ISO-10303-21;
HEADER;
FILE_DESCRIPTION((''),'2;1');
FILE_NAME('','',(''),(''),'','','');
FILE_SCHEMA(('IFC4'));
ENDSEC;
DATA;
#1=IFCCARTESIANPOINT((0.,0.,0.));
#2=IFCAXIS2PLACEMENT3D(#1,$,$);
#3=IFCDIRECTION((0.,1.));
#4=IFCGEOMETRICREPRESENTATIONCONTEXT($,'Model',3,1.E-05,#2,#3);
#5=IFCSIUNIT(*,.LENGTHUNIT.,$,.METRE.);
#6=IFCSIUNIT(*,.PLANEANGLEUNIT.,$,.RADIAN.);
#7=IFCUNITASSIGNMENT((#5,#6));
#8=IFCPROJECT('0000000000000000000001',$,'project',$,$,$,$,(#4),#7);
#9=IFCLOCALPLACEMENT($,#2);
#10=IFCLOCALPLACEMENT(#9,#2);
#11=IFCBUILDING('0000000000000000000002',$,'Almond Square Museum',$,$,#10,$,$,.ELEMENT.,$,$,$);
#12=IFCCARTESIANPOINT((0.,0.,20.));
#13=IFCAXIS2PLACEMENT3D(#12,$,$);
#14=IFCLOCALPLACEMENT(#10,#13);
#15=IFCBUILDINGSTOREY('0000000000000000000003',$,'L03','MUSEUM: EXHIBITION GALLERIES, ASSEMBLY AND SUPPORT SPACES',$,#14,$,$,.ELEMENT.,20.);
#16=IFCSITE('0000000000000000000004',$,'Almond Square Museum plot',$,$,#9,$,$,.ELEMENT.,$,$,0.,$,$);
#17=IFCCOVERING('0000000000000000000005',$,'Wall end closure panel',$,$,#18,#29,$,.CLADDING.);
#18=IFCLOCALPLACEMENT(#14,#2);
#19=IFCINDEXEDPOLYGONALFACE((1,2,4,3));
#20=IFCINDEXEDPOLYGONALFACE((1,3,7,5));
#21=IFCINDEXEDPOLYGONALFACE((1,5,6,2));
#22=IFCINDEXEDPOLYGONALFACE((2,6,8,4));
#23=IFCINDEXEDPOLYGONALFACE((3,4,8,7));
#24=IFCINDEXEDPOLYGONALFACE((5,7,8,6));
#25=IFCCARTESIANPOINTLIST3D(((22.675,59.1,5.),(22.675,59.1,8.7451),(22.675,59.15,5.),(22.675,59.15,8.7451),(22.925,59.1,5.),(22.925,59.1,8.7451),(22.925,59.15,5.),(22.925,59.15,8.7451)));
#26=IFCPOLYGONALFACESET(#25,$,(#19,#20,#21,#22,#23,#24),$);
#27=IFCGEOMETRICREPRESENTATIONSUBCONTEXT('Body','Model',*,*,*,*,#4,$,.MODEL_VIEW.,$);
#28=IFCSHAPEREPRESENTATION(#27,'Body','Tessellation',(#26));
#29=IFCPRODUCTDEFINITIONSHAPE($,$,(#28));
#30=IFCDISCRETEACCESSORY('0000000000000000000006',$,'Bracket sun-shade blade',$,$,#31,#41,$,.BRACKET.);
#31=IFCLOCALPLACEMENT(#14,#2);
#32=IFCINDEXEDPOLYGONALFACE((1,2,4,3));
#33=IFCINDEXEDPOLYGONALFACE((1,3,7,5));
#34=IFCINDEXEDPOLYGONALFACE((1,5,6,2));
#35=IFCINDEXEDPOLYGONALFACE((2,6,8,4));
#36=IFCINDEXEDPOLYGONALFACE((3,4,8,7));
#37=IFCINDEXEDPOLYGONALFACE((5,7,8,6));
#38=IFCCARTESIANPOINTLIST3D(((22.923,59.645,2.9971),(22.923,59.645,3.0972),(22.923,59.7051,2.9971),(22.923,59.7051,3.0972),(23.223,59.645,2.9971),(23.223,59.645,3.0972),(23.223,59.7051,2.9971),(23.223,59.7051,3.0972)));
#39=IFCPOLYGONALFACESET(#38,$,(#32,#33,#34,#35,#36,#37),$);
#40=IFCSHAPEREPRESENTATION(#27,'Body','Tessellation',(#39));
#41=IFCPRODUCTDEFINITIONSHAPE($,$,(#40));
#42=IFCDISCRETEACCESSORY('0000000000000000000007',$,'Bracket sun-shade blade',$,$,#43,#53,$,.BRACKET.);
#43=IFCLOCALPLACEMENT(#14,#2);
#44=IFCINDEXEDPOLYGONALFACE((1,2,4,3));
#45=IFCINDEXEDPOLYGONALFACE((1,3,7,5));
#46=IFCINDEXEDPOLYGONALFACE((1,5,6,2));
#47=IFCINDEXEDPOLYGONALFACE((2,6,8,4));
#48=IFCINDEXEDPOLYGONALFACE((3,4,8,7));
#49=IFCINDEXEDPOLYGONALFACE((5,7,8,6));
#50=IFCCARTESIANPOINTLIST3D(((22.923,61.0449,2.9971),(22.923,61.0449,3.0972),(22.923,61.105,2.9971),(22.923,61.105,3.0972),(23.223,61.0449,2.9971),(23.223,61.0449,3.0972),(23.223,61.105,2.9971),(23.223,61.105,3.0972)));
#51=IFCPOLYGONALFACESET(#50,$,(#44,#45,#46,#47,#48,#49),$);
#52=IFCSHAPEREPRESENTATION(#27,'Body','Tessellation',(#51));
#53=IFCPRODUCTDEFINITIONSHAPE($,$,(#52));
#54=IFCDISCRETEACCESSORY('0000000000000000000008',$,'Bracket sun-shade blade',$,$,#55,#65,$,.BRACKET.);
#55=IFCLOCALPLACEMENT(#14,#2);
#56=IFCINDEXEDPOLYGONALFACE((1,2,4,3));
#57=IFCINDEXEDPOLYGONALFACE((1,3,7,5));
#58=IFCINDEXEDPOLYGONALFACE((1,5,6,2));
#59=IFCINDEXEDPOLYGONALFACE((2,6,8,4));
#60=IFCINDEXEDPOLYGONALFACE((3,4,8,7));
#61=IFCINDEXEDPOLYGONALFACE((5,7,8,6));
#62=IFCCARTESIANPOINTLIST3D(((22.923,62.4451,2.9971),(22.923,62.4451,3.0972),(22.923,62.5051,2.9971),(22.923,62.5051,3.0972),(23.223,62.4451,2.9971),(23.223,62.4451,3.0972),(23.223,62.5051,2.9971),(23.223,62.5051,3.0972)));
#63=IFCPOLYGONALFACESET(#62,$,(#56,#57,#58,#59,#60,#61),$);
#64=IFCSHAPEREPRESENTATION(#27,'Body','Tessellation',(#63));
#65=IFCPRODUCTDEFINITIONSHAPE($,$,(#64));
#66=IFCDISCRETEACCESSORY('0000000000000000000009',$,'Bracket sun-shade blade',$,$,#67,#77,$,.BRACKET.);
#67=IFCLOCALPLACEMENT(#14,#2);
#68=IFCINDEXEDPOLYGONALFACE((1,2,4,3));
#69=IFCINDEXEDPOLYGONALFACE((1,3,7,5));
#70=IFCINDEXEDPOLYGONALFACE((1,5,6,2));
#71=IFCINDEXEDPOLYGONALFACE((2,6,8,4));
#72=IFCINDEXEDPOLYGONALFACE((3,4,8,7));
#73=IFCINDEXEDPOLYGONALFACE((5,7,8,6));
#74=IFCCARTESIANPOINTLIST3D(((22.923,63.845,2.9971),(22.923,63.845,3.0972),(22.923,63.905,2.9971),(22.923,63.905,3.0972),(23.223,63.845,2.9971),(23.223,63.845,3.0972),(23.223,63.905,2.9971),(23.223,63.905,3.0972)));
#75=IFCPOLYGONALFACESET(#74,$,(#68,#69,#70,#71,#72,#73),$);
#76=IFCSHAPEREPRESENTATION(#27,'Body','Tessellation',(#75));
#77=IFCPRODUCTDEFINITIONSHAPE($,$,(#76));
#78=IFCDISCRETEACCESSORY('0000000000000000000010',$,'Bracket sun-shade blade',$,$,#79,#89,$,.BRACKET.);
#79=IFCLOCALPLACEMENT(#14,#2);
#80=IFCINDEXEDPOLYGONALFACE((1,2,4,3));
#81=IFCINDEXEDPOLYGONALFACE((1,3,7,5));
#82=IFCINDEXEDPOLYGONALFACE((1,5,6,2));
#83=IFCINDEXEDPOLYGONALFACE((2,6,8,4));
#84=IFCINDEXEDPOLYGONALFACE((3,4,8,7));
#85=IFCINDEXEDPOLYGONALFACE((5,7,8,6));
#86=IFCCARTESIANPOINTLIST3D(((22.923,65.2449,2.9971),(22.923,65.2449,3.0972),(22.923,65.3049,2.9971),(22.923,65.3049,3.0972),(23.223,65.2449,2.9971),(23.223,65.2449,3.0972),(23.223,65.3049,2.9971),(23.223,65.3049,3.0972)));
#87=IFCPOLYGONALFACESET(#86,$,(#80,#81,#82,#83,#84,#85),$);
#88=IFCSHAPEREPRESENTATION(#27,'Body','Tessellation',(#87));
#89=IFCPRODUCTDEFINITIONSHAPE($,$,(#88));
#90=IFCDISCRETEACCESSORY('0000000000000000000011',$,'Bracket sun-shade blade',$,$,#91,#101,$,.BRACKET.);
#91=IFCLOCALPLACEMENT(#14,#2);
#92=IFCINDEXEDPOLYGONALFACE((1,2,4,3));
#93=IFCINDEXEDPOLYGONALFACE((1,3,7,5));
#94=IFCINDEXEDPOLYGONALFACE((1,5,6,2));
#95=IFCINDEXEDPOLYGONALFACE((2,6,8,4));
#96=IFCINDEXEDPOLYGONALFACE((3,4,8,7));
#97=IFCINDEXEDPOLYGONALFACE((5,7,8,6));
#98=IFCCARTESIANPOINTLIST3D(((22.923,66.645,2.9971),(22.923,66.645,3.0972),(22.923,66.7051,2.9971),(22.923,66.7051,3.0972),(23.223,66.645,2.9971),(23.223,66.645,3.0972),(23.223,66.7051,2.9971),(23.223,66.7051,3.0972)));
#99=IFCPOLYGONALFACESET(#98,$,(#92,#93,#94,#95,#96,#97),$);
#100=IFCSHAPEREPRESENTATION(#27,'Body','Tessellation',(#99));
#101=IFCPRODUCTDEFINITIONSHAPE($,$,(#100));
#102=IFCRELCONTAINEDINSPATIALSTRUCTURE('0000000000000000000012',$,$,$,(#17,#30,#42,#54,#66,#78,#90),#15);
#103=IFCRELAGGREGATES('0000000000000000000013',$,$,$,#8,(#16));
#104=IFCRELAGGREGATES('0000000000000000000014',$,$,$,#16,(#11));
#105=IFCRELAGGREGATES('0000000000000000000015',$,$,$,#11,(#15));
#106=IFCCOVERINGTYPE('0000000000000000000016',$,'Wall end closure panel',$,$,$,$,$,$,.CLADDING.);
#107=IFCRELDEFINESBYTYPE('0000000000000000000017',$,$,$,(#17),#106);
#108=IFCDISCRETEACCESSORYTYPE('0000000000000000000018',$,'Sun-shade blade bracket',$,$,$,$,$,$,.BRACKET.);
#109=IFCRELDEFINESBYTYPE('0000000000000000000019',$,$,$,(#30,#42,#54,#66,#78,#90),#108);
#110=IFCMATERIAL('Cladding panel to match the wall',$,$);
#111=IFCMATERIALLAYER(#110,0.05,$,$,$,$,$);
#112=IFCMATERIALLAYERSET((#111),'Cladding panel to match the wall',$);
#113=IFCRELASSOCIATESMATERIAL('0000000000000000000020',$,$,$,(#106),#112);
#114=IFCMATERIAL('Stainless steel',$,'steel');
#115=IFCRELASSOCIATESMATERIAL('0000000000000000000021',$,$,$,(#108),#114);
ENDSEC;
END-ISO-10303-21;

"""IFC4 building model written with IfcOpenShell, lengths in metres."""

from ifc_helpers import new_model, si_unit, direction, frame, origin, origin_2d, place, context, subcontext, project, spatial, rectangle, extrude, material, layer, layer_set, type_object, element, save


model = new_model("IFC4")

# Units and contexts
model_context = context("Model", 3, precision=1e-05, world=origin(), true_north=direction((0.0, 1.0)))
body_context = subcontext(model_context, "Body", "Model", "MODEL_VIEW")
ifc_project = project(units=[si_unit("LENGTHUNIT", "METRE"), si_unit("PLANEANGLEUNIT", "RADIAN")], contexts=[model_context])

# Site, building, storey
site_placement = place(None, origin())
site = spatial("IfcSite", under=ifc_project, at=site_placement, Name="Almond Square Museum plot", CompositionType="ELEMENT", RefElevation=0.0)
building_placement = place(site_placement, origin())
building = spatial("IfcBuilding", under=site, at=building_placement, Name="Almond Square Museum", CompositionType="ELEMENT")
storey_placement = place(building_placement, frame((0.0, 0.0, 20.0)))
storey = spatial("IfcBuildingStorey", under=building, at=storey_placement, Name="L03", Description="MUSEUM: EXHIBITION GALLERIES, ASSEMBLY AND SUPPORT SPACES", CompositionType="ELEMENT", Elevation=20.0)

# Covering
ifc_material_1 = material(Name="Cladding panel to match the wall")
ifc_layer_1 = layer(ifc_material_1, 0.05)
ifc_layer_set_1 = layer_set([ifc_layer_1], Name="Cladding panel to match the wall")
covering_type = type_object("IfcCoveringType", Name="Wall end closure panel", PredefinedType="CLADDING", material=ifc_layer_set_1)
for number, where, z_axis, x_axis, name in (
    (1, (22.8, 59.125, 5.0), (0.0, 0.0, 1.0), (1.0, 0.0, 0.0), "Wall end closure panel"),
):
    element("IfcCovering", number, at=place(storey_placement, frame(where, z_axis=z_axis, x_axis=x_axis)), inside=storey, type_object=covering_type, Name=name, PredefinedType="CLADDING", context=body_context, shape_type="SweptSolid", body=[
        extrude(rectangle(XDim=0.25, YDim=0.05, at=origin_2d()), origin(), (0.0, 0.0, 1.0), 3.7451),
    ])

# Discrete accessories
ifc_material_2 = material(Name="Stainless steel", Category="steel")
discrete_accessory_type = type_object("IfcDiscreteAccessoryType", Name="Sun-shade blade bracket", PredefinedType="BRACKET", material=ifc_material_2)
for number, where, z_axis, x_axis, name in (
    (2, (23.073, 59.675, 2.9971), (0.0, 0.0, 1.0), (1.0, 0.0, 0.0), "Bracket sun-shade blade"),
    (3, (23.073, 61.075, 2.9971), (0.0, 0.0, 1.0), (1.0, 0.0, 0.0), "Bracket sun-shade blade"),
    (4, (23.073, 62.4751, 2.9971), (0.0, 0.0, 1.0), (1.0, 0.0, 0.0), "Bracket sun-shade blade"),
    (5, (23.073, 63.875, 2.9971), (0.0, 0.0, 1.0), (1.0, 0.0, 0.0), "Bracket sun-shade blade"),
    (6, (23.073, 65.2749, 2.9971), (0.0, 0.0, 1.0), (1.0, 0.0, 0.0), "Bracket sun-shade blade"),
    (7, (23.073, 66.675, 2.9971), (0.0, 0.0, 1.0), (1.0, 0.0, 0.0), "Bracket sun-shade blade"),
):
    element("IfcDiscreteAccessory", number, at=place(storey_placement, frame(where, z_axis=z_axis, x_axis=x_axis)), inside=storey, type_object=discrete_accessory_type, Name=name, PredefinedType="BRACKET", context=body_context, shape_type="SweptSolid", body=[
        extrude(rectangle(XDim=0.3, YDim=0.0601, at=origin_2d()), origin(), (0.0, 0.0, 1.0), 0.1001),
    ])

save(model, "model.ifc")
